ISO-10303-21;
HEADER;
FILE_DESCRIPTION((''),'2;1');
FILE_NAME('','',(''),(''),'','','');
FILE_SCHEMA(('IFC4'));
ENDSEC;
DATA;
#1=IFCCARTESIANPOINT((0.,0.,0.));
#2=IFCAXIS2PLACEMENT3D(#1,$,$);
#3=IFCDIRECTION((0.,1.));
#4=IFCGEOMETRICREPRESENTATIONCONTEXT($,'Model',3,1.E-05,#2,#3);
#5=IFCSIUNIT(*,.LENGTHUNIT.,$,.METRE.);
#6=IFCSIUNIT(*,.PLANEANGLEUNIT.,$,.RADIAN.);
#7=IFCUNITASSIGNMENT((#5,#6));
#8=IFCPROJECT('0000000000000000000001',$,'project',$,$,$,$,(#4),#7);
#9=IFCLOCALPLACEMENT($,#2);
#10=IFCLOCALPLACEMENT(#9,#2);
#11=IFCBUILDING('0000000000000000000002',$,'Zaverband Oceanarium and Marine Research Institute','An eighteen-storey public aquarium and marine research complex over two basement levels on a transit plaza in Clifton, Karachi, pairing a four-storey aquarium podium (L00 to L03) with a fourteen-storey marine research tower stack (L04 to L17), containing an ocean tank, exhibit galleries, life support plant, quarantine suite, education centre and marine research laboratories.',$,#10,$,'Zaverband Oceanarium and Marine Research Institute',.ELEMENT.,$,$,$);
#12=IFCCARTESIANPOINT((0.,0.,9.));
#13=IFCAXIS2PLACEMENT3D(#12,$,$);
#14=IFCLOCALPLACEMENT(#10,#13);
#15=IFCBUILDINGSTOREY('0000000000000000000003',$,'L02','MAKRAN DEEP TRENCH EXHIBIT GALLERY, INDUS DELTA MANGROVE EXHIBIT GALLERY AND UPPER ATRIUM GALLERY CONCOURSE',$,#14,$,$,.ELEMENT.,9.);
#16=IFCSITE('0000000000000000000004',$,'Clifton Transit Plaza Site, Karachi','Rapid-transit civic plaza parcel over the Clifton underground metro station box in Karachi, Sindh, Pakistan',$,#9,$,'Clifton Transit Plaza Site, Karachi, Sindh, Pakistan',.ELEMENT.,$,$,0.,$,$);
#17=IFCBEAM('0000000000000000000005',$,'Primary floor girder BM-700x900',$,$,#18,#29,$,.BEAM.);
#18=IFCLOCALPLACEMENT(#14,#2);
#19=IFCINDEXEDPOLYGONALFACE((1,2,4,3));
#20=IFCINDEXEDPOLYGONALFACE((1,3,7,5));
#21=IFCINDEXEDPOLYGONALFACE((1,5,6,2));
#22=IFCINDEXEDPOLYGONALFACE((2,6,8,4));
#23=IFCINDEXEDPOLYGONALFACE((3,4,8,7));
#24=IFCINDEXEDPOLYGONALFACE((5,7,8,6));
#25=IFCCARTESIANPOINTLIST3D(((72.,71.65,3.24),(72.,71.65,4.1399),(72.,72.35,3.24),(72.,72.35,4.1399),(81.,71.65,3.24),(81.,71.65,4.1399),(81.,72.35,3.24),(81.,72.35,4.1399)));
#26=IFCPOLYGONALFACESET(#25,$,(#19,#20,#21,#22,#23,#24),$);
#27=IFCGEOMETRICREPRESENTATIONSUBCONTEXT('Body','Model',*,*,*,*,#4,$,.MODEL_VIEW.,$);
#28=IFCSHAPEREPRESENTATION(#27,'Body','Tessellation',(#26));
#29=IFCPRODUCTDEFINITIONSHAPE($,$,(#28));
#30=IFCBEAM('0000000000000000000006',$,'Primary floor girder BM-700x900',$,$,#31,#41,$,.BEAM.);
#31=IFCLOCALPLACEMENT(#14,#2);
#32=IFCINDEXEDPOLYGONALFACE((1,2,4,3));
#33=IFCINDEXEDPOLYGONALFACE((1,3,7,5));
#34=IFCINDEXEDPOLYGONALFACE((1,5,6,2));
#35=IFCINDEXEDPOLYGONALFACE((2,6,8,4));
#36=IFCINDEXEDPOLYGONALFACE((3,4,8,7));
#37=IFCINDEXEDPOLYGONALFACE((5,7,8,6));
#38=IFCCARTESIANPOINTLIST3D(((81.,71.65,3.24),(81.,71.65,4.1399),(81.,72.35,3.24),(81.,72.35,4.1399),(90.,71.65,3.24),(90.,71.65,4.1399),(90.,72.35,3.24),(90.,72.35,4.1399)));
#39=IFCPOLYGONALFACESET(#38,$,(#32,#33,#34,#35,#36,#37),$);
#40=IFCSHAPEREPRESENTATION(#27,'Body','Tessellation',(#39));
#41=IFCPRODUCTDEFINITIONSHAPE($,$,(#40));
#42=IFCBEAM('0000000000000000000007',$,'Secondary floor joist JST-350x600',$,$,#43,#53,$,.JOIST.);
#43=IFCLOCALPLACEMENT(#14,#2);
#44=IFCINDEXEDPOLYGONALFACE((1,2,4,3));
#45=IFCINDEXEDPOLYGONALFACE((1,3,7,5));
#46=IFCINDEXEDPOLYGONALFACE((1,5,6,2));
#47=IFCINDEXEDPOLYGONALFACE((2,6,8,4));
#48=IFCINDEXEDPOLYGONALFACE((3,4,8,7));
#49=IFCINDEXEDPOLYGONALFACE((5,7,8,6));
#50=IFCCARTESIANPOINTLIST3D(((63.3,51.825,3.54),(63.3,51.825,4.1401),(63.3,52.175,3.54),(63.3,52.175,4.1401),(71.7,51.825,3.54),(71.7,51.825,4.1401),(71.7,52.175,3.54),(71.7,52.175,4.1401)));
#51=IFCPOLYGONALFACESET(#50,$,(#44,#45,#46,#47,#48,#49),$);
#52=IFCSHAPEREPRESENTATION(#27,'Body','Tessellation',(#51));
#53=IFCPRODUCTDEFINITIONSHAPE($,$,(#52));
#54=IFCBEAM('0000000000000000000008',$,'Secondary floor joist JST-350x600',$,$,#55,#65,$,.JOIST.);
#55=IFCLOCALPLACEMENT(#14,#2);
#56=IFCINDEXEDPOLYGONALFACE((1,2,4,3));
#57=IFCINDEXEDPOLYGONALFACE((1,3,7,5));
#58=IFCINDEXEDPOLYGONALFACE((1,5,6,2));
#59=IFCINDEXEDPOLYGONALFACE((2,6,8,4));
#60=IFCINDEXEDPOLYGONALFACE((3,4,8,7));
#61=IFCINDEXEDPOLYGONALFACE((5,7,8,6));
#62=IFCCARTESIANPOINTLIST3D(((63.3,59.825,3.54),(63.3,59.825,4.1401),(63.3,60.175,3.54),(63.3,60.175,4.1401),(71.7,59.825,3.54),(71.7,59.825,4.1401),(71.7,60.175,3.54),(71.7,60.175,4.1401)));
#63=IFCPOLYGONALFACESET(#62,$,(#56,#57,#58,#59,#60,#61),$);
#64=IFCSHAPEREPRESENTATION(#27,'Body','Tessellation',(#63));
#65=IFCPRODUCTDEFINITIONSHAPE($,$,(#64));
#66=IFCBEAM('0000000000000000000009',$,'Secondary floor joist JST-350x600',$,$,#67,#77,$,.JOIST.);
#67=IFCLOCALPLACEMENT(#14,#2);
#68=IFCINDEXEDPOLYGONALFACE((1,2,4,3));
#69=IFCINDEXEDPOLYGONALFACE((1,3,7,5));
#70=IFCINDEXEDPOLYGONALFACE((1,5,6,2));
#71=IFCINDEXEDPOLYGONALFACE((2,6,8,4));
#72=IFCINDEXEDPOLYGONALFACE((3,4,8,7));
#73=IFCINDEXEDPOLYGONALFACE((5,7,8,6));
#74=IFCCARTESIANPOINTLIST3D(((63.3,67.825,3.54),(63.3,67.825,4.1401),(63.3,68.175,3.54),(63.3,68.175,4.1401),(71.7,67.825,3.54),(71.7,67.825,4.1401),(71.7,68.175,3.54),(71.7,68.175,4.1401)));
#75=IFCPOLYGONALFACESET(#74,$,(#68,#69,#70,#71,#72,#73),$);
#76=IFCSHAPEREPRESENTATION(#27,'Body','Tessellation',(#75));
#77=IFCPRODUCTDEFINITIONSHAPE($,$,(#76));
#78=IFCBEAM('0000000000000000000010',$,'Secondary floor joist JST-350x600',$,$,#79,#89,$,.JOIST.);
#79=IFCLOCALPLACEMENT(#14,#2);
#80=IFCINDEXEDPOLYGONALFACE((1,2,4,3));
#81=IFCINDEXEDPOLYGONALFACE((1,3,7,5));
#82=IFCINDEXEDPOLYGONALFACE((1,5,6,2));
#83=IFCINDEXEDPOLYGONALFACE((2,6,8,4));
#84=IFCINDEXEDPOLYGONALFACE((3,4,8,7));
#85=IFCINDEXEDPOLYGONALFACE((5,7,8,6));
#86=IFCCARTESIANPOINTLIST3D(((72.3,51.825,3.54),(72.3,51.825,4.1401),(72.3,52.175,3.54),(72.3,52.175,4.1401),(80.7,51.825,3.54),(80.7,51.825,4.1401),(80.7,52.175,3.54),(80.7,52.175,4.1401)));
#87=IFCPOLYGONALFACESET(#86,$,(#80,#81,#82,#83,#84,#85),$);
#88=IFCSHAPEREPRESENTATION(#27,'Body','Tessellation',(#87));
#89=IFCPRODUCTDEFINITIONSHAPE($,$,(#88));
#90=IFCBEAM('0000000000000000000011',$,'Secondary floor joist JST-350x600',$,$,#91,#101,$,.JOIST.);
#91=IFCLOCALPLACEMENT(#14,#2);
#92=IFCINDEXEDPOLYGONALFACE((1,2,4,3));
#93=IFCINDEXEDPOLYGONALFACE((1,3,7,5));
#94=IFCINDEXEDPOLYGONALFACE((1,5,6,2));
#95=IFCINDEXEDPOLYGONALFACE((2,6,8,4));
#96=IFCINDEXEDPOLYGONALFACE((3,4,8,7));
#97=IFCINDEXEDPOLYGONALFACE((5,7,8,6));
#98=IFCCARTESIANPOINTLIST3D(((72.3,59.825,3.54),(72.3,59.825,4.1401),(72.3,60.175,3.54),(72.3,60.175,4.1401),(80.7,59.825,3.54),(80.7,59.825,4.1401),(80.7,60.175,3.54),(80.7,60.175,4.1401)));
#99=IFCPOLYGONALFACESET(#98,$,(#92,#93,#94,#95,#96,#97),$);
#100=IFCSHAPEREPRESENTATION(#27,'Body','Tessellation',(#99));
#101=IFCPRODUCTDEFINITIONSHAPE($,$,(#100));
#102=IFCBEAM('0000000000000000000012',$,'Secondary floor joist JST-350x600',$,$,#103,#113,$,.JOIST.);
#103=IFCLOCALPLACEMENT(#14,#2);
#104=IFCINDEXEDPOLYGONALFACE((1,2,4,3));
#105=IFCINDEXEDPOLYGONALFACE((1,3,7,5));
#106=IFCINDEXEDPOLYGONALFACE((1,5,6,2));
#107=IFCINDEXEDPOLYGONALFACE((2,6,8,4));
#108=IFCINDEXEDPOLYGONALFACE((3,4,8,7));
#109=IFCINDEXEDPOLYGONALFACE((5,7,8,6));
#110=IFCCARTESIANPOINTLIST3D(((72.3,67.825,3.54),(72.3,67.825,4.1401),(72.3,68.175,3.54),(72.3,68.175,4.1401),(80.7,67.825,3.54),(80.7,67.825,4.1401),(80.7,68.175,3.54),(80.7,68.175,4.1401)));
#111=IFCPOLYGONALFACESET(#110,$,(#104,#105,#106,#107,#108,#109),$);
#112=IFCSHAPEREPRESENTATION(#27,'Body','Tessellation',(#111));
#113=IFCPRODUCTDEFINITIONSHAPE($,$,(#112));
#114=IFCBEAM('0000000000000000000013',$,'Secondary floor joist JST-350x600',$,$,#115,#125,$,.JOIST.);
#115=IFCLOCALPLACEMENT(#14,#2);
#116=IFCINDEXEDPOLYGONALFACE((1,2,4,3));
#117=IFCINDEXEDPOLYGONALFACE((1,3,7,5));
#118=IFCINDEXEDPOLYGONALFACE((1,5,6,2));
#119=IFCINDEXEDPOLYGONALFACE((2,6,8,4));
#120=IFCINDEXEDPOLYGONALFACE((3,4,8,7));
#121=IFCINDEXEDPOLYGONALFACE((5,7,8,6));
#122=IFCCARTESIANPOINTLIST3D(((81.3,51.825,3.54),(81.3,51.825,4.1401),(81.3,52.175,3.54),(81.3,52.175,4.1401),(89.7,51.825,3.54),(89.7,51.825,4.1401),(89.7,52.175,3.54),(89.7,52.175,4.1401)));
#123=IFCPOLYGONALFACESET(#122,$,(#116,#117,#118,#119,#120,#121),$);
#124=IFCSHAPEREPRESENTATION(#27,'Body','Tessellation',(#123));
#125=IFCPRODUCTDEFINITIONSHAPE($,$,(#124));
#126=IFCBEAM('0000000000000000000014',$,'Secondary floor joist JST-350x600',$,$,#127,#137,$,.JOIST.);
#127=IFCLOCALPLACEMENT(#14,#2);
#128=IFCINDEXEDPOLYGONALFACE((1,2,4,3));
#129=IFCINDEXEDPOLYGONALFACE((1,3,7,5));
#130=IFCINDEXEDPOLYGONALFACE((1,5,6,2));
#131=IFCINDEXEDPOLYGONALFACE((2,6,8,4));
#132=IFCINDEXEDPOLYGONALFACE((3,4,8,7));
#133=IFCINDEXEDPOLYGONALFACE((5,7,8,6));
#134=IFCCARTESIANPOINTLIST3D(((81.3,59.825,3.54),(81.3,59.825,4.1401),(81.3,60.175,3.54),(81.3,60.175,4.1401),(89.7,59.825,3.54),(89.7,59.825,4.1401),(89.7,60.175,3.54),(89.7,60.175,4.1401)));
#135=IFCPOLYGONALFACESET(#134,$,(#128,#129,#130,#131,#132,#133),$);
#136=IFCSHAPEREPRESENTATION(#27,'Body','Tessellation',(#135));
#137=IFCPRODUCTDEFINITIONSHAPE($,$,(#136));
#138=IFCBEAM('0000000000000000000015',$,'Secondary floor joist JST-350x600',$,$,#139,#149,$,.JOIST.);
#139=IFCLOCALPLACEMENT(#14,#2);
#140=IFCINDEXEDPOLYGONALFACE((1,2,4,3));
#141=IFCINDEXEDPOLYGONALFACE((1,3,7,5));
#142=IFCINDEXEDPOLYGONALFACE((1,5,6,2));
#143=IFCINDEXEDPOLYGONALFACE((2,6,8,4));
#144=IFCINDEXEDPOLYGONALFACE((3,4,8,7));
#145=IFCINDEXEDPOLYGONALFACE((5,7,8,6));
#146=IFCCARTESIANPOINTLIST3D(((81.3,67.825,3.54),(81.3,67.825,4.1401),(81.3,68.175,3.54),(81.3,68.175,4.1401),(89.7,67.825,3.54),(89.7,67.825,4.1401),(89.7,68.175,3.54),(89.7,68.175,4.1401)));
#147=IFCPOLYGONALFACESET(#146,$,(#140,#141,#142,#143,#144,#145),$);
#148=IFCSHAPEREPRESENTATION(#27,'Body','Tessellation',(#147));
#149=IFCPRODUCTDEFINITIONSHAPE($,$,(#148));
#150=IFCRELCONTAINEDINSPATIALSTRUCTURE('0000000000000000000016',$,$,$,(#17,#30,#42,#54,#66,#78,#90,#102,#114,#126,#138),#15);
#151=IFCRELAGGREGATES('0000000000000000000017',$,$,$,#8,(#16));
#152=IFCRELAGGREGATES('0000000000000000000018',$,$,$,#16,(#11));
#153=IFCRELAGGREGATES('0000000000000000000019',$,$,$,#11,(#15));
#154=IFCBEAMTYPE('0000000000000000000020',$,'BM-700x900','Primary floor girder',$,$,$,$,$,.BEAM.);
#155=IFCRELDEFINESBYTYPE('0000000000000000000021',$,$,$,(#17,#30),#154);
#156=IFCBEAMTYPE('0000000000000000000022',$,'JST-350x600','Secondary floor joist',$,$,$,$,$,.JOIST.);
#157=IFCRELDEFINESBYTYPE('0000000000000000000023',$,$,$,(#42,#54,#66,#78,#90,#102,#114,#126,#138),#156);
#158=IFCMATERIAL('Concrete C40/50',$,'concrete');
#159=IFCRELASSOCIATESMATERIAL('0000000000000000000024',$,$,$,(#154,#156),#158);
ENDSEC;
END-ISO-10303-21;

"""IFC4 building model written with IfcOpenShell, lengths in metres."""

from ifc_helpers import new_model, si_unit, direction, frame, origin, origin_2d, place, context, subcontext, project, spatial, rectangle, extrude, material, material_profile, profile_set, type_object, element, save


model = new_model("IFC4")

# Units and contexts
model_context = context("Model", 3, precision=1e-05, world=origin(), true_north=direction((0.0, 1.0)))
body_context = subcontext(model_context, "Body", "Model", "MODEL_VIEW")
ifc_project = project(units=[si_unit("LENGTHUNIT", "METRE"), si_unit("PLANEANGLEUNIT", "RADIAN")], contexts=[model_context])

# Site, building, storey
site_placement = place(None, origin())
site = spatial("IfcSite", under=ifc_project, at=site_placement, Name="Clifton Transit Plaza Site, Karachi", Description="Rapid-transit civic plaza parcel over the Clifton underground metro station box in Karachi, Sindh, Pakistan", LongName="Clifton Transit Plaza Site, Karachi, Sindh, Pakistan", CompositionType="ELEMENT", RefElevation=0.0)
building_placement = place(site_placement, origin())
building = spatial("IfcBuilding", under=site, at=building_placement, Name="Zaverband Oceanarium and Marine Research Institute", Description="An eighteen-storey public aquarium and marine research complex over two basement levels on a transit plaza in Clifton, Karachi, pairing a four-storey aquarium podium (L00 to L03) with a fourteen-storey marine research tower stack (L04 to L17), containing an ocean tank, exhibit galleries, life support plant, quarantine suite, education centre and marine research laboratories.", LongName="Zaverband Oceanarium and Marine Research Institute", CompositionType="ELEMENT")
storey_placement = place(building_placement, frame((0.0, 0.0, 9.0)))
storey = spatial("IfcBuildingStorey", under=building, at=storey_placement, Name="L02", Description="MAKRAN DEEP TRENCH EXHIBIT GALLERY, INDUS DELTA MANGROVE EXHIBIT GALLERY AND UPPER ATRIUM GALLERY CONCOURSE", CompositionType="ELEMENT", Elevation=9.0)

# Beams
ifc_material_1 = material(Name="Concrete C40/50", Category="concrete")
ifc_material_profile_1 = material_profile(ifc_material_1, rectangle(XDim=0.7, YDim=0.8999, at=origin_2d()), Name="RC700x900")
ifc_profile_set_1 = profile_set([ifc_material_profile_1], Name="Concrete C40/50")
beam_type_1 = type_object("IfcBeamType", Name="BM-700x900", Description="Primary floor girder", PredefinedType="BEAM", material=ifc_profile_set_1)
for number, where, z_axis, x_axis, name in (
    (1, (72.0, 72.0, 3.6899), (1.0, 0.0, 0.0), (0.0, 1.0, 0.0), "Primary floor girder BM-700x900"),
    (2, (81.0, 72.0, 3.6899), (1.0, 0.0, 0.0), (0.0, 1.0, 0.0), "Primary floor girder BM-700x900"),
):
    element("IfcBeam", number, at=place(storey_placement, frame(where, z_axis=z_axis, x_axis=x_axis)), inside=storey, type_object=beam_type_1, Name=name, PredefinedType="BEAM", context=body_context, shape_type="SweptSolid", body=[
        extrude(rectangle(XDim=0.7, YDim=0.8999, at=origin_2d()), origin(), (0.0, 0.0, 1.0), 9.0),
    ])
ifc_material_profile_2 = material_profile(ifc_material_1, rectangle(XDim=0.3501, YDim=0.6001, at=origin_2d()), Name="RC350x600")
ifc_profile_set_2 = profile_set([ifc_material_profile_2], Name="Concrete C40/50")
beam_type_2 = type_object("IfcBeamType", Name="JST-350x600", Description="Secondary floor joist", PredefinedType="JOIST", material=ifc_profile_set_2)
for number, where, z_axis, x_axis, name in (
    (3, (63.3, 52.0, 3.8401), (1.0, 0.0, 0.0), (0.0, 1.0, 0.0), "Secondary floor joist JST-350x600"),
    (4, (63.3, 60.0, 3.8401), (1.0, 0.0, 0.0), (0.0, 1.0, 0.0), "Secondary floor joist JST-350x600"),
    (5, (63.3, 68.0, 3.8401), (1.0, 0.0, 0.0), (0.0, 1.0, 0.0), "Secondary floor joist JST-350x600"),
    (6, (72.3, 52.0, 3.8401), (1.0, 0.0, 0.0), (0.0, 1.0, 0.0), "Secondary floor joist JST-350x600"),
    (7, (72.3, 60.0, 3.8401), (1.0, 0.0, 0.0), (0.0, 1.0, 0.0), "Secondary floor joist JST-350x600"),
    (8, (72.3, 68.0, 3.8401), (1.0, 0.0, 0.0), (0.0, 1.0, 0.0), "Secondary floor joist JST-350x600"),
    (9, (81.3, 52.0, 3.8401), (1.0, 0.0, 0.0), (0.0, 1.0, 0.0), "Secondary floor joist JST-350x600"),
    (10, (81.3, 60.0, 3.8401), (1.0, 0.0, 0.0), (0.0, 1.0, 0.0), "Secondary floor joist JST-350x600"),
    (11, (81.3, 68.0, 3.8401), (1.0, 0.0, 0.0), (0.0, 1.0, 0.0), "Secondary floor joist JST-350x600"),
):
    element("IfcBeam", number, at=place(storey_placement, frame(where, z_axis=z_axis, x_axis=x_axis)), inside=storey, type_object=beam_type_2, Name=name, PredefinedType="JOIST", context=body_context, shape_type="SweptSolid", body=[
        extrude(rectangle(XDim=0.3501, YDim=0.6001, at=origin_2d()), origin(), (0.0, 0.0, 1.0), 8.3999),
    ])

save(model, "model.ifc")
